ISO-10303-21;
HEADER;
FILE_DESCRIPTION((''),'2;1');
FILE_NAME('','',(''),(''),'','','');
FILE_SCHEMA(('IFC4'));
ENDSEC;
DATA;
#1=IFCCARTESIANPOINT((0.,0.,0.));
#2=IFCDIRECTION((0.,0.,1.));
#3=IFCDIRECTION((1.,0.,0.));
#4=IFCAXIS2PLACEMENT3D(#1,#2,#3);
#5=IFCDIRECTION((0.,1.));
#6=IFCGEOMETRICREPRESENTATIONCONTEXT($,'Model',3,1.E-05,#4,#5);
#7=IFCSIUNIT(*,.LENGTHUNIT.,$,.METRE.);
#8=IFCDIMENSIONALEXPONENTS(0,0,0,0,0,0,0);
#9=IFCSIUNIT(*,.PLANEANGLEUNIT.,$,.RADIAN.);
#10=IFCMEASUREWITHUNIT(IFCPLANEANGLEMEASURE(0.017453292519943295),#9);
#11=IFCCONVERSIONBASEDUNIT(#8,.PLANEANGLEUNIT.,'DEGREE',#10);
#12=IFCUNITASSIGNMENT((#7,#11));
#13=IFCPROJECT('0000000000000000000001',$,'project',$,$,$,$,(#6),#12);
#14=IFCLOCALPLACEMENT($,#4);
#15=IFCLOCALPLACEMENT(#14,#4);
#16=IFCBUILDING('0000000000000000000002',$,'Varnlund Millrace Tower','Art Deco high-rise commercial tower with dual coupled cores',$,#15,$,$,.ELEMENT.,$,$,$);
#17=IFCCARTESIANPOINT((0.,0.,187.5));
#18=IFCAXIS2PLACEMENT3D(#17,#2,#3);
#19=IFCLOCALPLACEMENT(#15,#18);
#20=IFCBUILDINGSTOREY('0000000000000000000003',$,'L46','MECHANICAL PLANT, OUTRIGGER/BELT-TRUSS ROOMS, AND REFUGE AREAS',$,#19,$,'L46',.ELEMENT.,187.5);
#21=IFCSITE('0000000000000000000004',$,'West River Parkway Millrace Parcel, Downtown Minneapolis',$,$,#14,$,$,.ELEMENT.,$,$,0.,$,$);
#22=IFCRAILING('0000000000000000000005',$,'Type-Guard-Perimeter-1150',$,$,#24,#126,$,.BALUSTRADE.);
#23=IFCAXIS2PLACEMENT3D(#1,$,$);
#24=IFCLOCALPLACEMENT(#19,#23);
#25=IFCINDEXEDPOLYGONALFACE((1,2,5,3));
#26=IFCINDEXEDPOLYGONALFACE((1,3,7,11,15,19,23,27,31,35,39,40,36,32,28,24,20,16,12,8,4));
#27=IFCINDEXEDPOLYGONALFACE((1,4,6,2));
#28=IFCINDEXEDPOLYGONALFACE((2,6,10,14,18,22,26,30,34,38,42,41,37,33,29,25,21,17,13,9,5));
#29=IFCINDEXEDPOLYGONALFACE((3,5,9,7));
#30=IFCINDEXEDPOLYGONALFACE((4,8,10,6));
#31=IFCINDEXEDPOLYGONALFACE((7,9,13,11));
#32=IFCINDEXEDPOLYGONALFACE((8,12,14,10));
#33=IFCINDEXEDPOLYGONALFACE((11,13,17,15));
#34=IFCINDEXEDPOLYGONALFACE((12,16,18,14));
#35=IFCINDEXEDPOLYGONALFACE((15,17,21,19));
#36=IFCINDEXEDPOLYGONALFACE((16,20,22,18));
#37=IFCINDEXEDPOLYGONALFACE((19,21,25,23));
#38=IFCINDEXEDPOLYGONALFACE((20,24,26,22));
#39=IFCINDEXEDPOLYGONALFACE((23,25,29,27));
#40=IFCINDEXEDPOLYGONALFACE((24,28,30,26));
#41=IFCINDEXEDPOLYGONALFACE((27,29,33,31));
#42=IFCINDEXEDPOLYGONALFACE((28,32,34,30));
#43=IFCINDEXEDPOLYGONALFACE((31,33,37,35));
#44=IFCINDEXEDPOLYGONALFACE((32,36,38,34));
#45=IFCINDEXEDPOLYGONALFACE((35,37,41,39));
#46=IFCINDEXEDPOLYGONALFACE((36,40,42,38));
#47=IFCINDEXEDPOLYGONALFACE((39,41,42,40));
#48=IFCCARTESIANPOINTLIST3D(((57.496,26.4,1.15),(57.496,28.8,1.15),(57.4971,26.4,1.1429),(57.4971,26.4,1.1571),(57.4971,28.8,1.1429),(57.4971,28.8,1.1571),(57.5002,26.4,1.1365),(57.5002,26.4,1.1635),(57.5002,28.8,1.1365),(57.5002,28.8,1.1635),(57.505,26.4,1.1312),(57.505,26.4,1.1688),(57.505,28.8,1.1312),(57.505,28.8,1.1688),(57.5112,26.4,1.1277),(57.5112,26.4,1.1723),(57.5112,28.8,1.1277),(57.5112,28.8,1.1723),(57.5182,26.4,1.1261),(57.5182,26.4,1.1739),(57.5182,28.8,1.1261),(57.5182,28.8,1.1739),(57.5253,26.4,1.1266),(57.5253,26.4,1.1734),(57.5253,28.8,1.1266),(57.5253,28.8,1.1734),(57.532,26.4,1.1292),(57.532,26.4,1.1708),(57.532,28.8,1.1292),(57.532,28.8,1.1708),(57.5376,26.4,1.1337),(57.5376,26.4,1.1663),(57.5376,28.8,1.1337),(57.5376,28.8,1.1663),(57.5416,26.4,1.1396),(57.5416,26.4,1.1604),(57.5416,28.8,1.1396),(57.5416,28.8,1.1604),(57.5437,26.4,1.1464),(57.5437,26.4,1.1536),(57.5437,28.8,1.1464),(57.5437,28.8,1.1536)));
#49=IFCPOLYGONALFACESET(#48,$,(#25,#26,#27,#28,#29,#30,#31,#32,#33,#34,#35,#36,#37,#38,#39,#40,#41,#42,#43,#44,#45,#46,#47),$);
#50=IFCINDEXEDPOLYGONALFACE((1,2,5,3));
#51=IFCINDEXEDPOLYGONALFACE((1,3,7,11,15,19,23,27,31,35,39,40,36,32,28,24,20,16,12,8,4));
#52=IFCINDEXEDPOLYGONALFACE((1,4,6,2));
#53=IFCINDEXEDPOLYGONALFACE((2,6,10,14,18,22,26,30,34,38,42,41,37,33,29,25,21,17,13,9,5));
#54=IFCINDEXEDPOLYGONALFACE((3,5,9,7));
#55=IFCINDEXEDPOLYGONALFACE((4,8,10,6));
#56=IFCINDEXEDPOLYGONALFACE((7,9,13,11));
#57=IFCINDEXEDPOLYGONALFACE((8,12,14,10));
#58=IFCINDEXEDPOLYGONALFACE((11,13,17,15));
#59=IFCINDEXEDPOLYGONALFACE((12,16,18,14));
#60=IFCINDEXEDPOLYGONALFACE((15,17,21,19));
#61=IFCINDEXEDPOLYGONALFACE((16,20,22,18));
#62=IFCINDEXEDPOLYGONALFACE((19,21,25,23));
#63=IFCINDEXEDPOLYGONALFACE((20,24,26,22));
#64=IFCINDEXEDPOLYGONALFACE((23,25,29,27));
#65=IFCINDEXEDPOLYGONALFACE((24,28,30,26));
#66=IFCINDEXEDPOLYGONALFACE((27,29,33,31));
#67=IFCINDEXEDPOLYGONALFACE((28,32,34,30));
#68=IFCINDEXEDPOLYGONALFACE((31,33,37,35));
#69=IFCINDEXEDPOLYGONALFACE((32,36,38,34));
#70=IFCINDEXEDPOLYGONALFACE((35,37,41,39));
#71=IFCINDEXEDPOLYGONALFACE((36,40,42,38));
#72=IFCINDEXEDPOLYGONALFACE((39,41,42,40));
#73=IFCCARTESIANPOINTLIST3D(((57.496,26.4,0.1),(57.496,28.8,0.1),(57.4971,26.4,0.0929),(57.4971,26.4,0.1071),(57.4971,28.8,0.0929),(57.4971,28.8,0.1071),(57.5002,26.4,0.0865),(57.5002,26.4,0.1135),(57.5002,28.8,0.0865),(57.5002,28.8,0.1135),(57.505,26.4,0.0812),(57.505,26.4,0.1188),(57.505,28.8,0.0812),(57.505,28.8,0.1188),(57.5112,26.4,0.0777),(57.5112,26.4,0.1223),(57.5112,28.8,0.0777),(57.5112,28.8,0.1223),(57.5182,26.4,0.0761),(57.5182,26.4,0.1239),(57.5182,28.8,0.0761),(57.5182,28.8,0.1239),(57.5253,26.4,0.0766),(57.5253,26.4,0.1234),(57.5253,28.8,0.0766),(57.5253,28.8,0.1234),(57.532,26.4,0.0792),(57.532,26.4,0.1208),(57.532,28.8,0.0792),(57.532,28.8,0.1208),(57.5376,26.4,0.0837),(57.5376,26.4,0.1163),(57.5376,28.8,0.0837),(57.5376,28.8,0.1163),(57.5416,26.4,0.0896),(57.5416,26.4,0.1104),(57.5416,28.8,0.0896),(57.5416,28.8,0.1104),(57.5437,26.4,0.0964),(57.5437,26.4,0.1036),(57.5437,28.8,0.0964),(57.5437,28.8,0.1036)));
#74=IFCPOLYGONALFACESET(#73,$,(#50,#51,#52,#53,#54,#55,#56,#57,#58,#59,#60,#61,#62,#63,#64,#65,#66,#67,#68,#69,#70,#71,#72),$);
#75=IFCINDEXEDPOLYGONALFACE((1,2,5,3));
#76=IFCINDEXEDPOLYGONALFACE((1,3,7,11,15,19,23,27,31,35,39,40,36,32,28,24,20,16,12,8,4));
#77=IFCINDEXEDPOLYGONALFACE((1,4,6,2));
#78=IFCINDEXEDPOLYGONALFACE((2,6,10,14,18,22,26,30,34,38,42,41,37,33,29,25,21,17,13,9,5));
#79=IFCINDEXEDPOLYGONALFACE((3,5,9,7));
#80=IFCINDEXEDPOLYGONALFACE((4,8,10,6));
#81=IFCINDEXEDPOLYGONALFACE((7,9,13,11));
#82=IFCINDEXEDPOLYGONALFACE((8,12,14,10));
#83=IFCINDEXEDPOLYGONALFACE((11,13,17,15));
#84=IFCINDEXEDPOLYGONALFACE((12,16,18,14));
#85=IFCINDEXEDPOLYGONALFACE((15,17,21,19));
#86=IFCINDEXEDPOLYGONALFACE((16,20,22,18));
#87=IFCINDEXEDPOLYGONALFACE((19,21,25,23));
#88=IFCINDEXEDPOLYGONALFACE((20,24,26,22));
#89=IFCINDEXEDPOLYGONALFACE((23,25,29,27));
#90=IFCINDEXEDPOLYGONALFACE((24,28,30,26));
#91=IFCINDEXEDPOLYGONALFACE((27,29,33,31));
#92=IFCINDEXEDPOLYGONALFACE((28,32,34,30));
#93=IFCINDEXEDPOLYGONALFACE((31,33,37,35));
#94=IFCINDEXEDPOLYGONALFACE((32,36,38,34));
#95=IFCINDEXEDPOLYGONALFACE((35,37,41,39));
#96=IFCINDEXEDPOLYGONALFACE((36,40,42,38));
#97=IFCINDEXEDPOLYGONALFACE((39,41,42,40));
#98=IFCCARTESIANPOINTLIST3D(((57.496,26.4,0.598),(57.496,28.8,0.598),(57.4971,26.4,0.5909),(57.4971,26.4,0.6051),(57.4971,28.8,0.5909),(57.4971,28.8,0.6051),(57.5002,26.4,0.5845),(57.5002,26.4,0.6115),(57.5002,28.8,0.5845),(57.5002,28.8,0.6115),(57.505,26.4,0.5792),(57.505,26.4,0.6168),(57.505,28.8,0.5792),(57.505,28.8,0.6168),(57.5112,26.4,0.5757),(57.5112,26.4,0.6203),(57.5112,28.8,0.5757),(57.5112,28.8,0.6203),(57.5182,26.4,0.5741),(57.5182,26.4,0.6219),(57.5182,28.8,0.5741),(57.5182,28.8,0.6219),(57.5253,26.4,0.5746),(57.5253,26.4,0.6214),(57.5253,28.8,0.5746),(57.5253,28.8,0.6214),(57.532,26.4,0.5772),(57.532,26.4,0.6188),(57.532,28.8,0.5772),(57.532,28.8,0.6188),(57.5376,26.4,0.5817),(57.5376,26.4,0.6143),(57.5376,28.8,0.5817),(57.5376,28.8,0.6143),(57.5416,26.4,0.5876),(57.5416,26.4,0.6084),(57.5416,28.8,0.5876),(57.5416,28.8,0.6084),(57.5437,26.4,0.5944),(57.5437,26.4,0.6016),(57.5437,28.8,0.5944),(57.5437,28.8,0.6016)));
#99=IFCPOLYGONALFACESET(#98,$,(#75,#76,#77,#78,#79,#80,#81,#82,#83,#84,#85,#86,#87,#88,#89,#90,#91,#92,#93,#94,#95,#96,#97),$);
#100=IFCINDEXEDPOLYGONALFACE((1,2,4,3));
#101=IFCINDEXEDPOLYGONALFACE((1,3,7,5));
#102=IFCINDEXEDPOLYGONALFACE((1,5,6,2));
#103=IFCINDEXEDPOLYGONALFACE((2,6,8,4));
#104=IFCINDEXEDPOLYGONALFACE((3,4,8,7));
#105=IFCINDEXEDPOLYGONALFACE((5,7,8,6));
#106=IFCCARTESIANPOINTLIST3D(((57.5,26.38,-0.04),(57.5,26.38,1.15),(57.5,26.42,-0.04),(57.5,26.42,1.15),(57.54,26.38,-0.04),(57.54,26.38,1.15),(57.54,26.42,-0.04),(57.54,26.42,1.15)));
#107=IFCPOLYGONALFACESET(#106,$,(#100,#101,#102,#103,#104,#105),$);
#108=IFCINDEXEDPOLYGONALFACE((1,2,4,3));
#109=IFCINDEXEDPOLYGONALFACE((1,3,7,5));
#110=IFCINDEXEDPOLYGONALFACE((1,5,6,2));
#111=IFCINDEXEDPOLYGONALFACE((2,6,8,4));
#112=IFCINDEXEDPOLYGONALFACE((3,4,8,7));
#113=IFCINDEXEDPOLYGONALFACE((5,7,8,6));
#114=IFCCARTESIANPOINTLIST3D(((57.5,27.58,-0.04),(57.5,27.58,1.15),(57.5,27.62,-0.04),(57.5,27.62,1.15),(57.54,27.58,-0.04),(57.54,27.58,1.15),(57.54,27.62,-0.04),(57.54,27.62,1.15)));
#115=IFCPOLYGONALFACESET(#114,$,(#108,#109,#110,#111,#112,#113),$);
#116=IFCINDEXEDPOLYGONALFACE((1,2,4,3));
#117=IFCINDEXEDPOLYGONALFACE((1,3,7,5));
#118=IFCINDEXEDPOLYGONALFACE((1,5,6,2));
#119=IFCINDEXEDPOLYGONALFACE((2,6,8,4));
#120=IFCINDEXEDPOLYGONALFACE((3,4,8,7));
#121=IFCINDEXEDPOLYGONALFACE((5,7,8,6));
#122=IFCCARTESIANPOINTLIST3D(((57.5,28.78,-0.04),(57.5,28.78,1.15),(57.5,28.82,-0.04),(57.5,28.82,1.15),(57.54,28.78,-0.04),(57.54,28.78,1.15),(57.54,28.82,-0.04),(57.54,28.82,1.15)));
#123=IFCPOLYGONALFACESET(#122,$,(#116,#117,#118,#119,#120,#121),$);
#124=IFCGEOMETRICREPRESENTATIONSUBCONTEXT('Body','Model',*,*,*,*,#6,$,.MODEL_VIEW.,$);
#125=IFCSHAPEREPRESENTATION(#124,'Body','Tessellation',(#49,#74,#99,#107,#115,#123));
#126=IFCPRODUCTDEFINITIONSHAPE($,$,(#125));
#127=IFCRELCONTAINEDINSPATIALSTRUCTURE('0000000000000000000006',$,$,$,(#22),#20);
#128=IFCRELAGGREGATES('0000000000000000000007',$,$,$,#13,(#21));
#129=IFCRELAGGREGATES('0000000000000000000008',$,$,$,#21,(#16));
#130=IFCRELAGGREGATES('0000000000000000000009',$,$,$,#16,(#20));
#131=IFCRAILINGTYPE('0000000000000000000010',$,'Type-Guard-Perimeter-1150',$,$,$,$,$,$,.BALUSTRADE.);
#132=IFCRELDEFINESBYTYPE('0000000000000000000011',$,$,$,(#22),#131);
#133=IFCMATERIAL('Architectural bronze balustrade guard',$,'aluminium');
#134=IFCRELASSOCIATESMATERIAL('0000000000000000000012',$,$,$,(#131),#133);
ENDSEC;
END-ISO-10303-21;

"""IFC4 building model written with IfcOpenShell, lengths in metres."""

from ifc_helpers import new_model, entity, si_unit, converted_unit, direction, frame, origin_with_axes, origin_2d_with_axis, place, context, subcontext, project, spatial, rectangle, circle, extrude, material, type_object, element, save


model = new_model("IFC4")

# Units and contexts
model_context = context("Model", 3, precision=1e-05, world=origin_with_axes(), true_north=direction((0.0, 1.0)))
body_context = subcontext(model_context, "Body", "Model", "MODEL_VIEW")
ifc_project = project(units=[si_unit("LENGTHUNIT", "METRE"), converted_unit("PLANEANGLEUNIT", "DEGREE", entity("IfcPlaneAngleMeasure", 0.017453292519943295), si_unit("PLANEANGLEUNIT", "RADIAN"), dimensions=[0, 0, 0, 0, 0, 0, 0])], contexts=[model_context])

# Site, building, storey
site_placement = place(None, origin_with_axes())
site = spatial("IfcSite", under=ifc_project, at=site_placement, Name="West River Parkway Millrace Parcel, Downtown Minneapolis", CompositionType="ELEMENT", RefElevation=0.0)
building_placement = place(site_placement, origin_with_axes())
building = spatial("IfcBuilding", under=site, at=building_placement, Name="Varnlund Millrace Tower", Description="Art Deco high-rise commercial tower with dual coupled cores", CompositionType="ELEMENT")
storey_placement = place(building_placement, frame((0.0, 0.0, 187.5), z_axis=(0.0, 0.0, 1.0), x_axis=(1.0, 0.0, 0.0)))
storey = spatial("IfcBuildingStorey", under=building, at=storey_placement, Name="L46", Description="MECHANICAL PLANT, OUTRIGGER/BELT-TRUSS ROOMS, AND REFUGE AREAS", LongName="L46", CompositionType="ELEMENT", Elevation=187.5)

# Railing
ifc_material_1 = material(Name="Architectural bronze balustrade guard", Category="aluminium")
railing_type = type_object("IfcRailingType", Name="Type-Guard-Perimeter-1150", PredefinedType="BALUSTRADE", material=ifc_material_1)
railing_1_placement = place(storey_placement, frame((0.0, 0.0, -187.5), z_axis=(0.0, 0.0, 1.0), x_axis=(1.0, 0.0, 0.0)))
element("IfcRailing", 1, at=railing_1_placement, inside=storey, type_object=railing_type, Name="Type-Guard-Perimeter-1150", PredefinedType="BALUSTRADE", context=body_context, shape_type="SweptSolid", body=[
    extrude(circle(Radius=0.024, at=origin_2d_with_axis()), frame((57.52, 26.4, 188.65), z_axis=(0.0, 1.0, 0.0), x_axis=(-1.0, 0.0, 0.0)), (0.0, 0.0, 1.0), 2.4),
    extrude(circle(Radius=0.024, at=origin_2d_with_axis()), frame((57.52, 26.4, 187.6), z_axis=(0.0, 1.0, 0.0), x_axis=(-1.0, 0.0, 0.0)), (0.0, 0.0, 1.0), 2.4),
    extrude(circle(Radius=0.024, at=origin_2d_with_axis()), frame((57.52, 26.4, 188.098), z_axis=(0.0, 1.0, 0.0), x_axis=(-1.0, 0.0, 0.0)), (0.0, 0.0, 1.0), 2.4),
    extrude(rectangle(XDim=0.04, YDim=0.04, at=origin_2d_with_axis()), frame((57.52, 26.4, 187.46), z_axis=(0.0, 0.0, 1.0), x_axis=(1.0, 0.0, 0.0)), (0.0, 0.0, 1.0), 1.19),
    extrude(rectangle(XDim=0.04, YDim=0.04, at=origin_2d_with_axis()), frame((57.52, 27.6, 187.46), z_axis=(0.0, 0.0, 1.0), x_axis=(1.0, 0.0, 0.0)), (0.0, 0.0, 1.0), 1.19),
    extrude(rectangle(XDim=0.04, YDim=0.04, at=origin_2d_with_axis()), frame((57.52, 28.8, 187.46), z_axis=(0.0, 0.0, 1.0), x_axis=(1.0, 0.0, 0.0)), (0.0, 0.0, 1.0), 1.19),
])

save(model, "model.ifc")
